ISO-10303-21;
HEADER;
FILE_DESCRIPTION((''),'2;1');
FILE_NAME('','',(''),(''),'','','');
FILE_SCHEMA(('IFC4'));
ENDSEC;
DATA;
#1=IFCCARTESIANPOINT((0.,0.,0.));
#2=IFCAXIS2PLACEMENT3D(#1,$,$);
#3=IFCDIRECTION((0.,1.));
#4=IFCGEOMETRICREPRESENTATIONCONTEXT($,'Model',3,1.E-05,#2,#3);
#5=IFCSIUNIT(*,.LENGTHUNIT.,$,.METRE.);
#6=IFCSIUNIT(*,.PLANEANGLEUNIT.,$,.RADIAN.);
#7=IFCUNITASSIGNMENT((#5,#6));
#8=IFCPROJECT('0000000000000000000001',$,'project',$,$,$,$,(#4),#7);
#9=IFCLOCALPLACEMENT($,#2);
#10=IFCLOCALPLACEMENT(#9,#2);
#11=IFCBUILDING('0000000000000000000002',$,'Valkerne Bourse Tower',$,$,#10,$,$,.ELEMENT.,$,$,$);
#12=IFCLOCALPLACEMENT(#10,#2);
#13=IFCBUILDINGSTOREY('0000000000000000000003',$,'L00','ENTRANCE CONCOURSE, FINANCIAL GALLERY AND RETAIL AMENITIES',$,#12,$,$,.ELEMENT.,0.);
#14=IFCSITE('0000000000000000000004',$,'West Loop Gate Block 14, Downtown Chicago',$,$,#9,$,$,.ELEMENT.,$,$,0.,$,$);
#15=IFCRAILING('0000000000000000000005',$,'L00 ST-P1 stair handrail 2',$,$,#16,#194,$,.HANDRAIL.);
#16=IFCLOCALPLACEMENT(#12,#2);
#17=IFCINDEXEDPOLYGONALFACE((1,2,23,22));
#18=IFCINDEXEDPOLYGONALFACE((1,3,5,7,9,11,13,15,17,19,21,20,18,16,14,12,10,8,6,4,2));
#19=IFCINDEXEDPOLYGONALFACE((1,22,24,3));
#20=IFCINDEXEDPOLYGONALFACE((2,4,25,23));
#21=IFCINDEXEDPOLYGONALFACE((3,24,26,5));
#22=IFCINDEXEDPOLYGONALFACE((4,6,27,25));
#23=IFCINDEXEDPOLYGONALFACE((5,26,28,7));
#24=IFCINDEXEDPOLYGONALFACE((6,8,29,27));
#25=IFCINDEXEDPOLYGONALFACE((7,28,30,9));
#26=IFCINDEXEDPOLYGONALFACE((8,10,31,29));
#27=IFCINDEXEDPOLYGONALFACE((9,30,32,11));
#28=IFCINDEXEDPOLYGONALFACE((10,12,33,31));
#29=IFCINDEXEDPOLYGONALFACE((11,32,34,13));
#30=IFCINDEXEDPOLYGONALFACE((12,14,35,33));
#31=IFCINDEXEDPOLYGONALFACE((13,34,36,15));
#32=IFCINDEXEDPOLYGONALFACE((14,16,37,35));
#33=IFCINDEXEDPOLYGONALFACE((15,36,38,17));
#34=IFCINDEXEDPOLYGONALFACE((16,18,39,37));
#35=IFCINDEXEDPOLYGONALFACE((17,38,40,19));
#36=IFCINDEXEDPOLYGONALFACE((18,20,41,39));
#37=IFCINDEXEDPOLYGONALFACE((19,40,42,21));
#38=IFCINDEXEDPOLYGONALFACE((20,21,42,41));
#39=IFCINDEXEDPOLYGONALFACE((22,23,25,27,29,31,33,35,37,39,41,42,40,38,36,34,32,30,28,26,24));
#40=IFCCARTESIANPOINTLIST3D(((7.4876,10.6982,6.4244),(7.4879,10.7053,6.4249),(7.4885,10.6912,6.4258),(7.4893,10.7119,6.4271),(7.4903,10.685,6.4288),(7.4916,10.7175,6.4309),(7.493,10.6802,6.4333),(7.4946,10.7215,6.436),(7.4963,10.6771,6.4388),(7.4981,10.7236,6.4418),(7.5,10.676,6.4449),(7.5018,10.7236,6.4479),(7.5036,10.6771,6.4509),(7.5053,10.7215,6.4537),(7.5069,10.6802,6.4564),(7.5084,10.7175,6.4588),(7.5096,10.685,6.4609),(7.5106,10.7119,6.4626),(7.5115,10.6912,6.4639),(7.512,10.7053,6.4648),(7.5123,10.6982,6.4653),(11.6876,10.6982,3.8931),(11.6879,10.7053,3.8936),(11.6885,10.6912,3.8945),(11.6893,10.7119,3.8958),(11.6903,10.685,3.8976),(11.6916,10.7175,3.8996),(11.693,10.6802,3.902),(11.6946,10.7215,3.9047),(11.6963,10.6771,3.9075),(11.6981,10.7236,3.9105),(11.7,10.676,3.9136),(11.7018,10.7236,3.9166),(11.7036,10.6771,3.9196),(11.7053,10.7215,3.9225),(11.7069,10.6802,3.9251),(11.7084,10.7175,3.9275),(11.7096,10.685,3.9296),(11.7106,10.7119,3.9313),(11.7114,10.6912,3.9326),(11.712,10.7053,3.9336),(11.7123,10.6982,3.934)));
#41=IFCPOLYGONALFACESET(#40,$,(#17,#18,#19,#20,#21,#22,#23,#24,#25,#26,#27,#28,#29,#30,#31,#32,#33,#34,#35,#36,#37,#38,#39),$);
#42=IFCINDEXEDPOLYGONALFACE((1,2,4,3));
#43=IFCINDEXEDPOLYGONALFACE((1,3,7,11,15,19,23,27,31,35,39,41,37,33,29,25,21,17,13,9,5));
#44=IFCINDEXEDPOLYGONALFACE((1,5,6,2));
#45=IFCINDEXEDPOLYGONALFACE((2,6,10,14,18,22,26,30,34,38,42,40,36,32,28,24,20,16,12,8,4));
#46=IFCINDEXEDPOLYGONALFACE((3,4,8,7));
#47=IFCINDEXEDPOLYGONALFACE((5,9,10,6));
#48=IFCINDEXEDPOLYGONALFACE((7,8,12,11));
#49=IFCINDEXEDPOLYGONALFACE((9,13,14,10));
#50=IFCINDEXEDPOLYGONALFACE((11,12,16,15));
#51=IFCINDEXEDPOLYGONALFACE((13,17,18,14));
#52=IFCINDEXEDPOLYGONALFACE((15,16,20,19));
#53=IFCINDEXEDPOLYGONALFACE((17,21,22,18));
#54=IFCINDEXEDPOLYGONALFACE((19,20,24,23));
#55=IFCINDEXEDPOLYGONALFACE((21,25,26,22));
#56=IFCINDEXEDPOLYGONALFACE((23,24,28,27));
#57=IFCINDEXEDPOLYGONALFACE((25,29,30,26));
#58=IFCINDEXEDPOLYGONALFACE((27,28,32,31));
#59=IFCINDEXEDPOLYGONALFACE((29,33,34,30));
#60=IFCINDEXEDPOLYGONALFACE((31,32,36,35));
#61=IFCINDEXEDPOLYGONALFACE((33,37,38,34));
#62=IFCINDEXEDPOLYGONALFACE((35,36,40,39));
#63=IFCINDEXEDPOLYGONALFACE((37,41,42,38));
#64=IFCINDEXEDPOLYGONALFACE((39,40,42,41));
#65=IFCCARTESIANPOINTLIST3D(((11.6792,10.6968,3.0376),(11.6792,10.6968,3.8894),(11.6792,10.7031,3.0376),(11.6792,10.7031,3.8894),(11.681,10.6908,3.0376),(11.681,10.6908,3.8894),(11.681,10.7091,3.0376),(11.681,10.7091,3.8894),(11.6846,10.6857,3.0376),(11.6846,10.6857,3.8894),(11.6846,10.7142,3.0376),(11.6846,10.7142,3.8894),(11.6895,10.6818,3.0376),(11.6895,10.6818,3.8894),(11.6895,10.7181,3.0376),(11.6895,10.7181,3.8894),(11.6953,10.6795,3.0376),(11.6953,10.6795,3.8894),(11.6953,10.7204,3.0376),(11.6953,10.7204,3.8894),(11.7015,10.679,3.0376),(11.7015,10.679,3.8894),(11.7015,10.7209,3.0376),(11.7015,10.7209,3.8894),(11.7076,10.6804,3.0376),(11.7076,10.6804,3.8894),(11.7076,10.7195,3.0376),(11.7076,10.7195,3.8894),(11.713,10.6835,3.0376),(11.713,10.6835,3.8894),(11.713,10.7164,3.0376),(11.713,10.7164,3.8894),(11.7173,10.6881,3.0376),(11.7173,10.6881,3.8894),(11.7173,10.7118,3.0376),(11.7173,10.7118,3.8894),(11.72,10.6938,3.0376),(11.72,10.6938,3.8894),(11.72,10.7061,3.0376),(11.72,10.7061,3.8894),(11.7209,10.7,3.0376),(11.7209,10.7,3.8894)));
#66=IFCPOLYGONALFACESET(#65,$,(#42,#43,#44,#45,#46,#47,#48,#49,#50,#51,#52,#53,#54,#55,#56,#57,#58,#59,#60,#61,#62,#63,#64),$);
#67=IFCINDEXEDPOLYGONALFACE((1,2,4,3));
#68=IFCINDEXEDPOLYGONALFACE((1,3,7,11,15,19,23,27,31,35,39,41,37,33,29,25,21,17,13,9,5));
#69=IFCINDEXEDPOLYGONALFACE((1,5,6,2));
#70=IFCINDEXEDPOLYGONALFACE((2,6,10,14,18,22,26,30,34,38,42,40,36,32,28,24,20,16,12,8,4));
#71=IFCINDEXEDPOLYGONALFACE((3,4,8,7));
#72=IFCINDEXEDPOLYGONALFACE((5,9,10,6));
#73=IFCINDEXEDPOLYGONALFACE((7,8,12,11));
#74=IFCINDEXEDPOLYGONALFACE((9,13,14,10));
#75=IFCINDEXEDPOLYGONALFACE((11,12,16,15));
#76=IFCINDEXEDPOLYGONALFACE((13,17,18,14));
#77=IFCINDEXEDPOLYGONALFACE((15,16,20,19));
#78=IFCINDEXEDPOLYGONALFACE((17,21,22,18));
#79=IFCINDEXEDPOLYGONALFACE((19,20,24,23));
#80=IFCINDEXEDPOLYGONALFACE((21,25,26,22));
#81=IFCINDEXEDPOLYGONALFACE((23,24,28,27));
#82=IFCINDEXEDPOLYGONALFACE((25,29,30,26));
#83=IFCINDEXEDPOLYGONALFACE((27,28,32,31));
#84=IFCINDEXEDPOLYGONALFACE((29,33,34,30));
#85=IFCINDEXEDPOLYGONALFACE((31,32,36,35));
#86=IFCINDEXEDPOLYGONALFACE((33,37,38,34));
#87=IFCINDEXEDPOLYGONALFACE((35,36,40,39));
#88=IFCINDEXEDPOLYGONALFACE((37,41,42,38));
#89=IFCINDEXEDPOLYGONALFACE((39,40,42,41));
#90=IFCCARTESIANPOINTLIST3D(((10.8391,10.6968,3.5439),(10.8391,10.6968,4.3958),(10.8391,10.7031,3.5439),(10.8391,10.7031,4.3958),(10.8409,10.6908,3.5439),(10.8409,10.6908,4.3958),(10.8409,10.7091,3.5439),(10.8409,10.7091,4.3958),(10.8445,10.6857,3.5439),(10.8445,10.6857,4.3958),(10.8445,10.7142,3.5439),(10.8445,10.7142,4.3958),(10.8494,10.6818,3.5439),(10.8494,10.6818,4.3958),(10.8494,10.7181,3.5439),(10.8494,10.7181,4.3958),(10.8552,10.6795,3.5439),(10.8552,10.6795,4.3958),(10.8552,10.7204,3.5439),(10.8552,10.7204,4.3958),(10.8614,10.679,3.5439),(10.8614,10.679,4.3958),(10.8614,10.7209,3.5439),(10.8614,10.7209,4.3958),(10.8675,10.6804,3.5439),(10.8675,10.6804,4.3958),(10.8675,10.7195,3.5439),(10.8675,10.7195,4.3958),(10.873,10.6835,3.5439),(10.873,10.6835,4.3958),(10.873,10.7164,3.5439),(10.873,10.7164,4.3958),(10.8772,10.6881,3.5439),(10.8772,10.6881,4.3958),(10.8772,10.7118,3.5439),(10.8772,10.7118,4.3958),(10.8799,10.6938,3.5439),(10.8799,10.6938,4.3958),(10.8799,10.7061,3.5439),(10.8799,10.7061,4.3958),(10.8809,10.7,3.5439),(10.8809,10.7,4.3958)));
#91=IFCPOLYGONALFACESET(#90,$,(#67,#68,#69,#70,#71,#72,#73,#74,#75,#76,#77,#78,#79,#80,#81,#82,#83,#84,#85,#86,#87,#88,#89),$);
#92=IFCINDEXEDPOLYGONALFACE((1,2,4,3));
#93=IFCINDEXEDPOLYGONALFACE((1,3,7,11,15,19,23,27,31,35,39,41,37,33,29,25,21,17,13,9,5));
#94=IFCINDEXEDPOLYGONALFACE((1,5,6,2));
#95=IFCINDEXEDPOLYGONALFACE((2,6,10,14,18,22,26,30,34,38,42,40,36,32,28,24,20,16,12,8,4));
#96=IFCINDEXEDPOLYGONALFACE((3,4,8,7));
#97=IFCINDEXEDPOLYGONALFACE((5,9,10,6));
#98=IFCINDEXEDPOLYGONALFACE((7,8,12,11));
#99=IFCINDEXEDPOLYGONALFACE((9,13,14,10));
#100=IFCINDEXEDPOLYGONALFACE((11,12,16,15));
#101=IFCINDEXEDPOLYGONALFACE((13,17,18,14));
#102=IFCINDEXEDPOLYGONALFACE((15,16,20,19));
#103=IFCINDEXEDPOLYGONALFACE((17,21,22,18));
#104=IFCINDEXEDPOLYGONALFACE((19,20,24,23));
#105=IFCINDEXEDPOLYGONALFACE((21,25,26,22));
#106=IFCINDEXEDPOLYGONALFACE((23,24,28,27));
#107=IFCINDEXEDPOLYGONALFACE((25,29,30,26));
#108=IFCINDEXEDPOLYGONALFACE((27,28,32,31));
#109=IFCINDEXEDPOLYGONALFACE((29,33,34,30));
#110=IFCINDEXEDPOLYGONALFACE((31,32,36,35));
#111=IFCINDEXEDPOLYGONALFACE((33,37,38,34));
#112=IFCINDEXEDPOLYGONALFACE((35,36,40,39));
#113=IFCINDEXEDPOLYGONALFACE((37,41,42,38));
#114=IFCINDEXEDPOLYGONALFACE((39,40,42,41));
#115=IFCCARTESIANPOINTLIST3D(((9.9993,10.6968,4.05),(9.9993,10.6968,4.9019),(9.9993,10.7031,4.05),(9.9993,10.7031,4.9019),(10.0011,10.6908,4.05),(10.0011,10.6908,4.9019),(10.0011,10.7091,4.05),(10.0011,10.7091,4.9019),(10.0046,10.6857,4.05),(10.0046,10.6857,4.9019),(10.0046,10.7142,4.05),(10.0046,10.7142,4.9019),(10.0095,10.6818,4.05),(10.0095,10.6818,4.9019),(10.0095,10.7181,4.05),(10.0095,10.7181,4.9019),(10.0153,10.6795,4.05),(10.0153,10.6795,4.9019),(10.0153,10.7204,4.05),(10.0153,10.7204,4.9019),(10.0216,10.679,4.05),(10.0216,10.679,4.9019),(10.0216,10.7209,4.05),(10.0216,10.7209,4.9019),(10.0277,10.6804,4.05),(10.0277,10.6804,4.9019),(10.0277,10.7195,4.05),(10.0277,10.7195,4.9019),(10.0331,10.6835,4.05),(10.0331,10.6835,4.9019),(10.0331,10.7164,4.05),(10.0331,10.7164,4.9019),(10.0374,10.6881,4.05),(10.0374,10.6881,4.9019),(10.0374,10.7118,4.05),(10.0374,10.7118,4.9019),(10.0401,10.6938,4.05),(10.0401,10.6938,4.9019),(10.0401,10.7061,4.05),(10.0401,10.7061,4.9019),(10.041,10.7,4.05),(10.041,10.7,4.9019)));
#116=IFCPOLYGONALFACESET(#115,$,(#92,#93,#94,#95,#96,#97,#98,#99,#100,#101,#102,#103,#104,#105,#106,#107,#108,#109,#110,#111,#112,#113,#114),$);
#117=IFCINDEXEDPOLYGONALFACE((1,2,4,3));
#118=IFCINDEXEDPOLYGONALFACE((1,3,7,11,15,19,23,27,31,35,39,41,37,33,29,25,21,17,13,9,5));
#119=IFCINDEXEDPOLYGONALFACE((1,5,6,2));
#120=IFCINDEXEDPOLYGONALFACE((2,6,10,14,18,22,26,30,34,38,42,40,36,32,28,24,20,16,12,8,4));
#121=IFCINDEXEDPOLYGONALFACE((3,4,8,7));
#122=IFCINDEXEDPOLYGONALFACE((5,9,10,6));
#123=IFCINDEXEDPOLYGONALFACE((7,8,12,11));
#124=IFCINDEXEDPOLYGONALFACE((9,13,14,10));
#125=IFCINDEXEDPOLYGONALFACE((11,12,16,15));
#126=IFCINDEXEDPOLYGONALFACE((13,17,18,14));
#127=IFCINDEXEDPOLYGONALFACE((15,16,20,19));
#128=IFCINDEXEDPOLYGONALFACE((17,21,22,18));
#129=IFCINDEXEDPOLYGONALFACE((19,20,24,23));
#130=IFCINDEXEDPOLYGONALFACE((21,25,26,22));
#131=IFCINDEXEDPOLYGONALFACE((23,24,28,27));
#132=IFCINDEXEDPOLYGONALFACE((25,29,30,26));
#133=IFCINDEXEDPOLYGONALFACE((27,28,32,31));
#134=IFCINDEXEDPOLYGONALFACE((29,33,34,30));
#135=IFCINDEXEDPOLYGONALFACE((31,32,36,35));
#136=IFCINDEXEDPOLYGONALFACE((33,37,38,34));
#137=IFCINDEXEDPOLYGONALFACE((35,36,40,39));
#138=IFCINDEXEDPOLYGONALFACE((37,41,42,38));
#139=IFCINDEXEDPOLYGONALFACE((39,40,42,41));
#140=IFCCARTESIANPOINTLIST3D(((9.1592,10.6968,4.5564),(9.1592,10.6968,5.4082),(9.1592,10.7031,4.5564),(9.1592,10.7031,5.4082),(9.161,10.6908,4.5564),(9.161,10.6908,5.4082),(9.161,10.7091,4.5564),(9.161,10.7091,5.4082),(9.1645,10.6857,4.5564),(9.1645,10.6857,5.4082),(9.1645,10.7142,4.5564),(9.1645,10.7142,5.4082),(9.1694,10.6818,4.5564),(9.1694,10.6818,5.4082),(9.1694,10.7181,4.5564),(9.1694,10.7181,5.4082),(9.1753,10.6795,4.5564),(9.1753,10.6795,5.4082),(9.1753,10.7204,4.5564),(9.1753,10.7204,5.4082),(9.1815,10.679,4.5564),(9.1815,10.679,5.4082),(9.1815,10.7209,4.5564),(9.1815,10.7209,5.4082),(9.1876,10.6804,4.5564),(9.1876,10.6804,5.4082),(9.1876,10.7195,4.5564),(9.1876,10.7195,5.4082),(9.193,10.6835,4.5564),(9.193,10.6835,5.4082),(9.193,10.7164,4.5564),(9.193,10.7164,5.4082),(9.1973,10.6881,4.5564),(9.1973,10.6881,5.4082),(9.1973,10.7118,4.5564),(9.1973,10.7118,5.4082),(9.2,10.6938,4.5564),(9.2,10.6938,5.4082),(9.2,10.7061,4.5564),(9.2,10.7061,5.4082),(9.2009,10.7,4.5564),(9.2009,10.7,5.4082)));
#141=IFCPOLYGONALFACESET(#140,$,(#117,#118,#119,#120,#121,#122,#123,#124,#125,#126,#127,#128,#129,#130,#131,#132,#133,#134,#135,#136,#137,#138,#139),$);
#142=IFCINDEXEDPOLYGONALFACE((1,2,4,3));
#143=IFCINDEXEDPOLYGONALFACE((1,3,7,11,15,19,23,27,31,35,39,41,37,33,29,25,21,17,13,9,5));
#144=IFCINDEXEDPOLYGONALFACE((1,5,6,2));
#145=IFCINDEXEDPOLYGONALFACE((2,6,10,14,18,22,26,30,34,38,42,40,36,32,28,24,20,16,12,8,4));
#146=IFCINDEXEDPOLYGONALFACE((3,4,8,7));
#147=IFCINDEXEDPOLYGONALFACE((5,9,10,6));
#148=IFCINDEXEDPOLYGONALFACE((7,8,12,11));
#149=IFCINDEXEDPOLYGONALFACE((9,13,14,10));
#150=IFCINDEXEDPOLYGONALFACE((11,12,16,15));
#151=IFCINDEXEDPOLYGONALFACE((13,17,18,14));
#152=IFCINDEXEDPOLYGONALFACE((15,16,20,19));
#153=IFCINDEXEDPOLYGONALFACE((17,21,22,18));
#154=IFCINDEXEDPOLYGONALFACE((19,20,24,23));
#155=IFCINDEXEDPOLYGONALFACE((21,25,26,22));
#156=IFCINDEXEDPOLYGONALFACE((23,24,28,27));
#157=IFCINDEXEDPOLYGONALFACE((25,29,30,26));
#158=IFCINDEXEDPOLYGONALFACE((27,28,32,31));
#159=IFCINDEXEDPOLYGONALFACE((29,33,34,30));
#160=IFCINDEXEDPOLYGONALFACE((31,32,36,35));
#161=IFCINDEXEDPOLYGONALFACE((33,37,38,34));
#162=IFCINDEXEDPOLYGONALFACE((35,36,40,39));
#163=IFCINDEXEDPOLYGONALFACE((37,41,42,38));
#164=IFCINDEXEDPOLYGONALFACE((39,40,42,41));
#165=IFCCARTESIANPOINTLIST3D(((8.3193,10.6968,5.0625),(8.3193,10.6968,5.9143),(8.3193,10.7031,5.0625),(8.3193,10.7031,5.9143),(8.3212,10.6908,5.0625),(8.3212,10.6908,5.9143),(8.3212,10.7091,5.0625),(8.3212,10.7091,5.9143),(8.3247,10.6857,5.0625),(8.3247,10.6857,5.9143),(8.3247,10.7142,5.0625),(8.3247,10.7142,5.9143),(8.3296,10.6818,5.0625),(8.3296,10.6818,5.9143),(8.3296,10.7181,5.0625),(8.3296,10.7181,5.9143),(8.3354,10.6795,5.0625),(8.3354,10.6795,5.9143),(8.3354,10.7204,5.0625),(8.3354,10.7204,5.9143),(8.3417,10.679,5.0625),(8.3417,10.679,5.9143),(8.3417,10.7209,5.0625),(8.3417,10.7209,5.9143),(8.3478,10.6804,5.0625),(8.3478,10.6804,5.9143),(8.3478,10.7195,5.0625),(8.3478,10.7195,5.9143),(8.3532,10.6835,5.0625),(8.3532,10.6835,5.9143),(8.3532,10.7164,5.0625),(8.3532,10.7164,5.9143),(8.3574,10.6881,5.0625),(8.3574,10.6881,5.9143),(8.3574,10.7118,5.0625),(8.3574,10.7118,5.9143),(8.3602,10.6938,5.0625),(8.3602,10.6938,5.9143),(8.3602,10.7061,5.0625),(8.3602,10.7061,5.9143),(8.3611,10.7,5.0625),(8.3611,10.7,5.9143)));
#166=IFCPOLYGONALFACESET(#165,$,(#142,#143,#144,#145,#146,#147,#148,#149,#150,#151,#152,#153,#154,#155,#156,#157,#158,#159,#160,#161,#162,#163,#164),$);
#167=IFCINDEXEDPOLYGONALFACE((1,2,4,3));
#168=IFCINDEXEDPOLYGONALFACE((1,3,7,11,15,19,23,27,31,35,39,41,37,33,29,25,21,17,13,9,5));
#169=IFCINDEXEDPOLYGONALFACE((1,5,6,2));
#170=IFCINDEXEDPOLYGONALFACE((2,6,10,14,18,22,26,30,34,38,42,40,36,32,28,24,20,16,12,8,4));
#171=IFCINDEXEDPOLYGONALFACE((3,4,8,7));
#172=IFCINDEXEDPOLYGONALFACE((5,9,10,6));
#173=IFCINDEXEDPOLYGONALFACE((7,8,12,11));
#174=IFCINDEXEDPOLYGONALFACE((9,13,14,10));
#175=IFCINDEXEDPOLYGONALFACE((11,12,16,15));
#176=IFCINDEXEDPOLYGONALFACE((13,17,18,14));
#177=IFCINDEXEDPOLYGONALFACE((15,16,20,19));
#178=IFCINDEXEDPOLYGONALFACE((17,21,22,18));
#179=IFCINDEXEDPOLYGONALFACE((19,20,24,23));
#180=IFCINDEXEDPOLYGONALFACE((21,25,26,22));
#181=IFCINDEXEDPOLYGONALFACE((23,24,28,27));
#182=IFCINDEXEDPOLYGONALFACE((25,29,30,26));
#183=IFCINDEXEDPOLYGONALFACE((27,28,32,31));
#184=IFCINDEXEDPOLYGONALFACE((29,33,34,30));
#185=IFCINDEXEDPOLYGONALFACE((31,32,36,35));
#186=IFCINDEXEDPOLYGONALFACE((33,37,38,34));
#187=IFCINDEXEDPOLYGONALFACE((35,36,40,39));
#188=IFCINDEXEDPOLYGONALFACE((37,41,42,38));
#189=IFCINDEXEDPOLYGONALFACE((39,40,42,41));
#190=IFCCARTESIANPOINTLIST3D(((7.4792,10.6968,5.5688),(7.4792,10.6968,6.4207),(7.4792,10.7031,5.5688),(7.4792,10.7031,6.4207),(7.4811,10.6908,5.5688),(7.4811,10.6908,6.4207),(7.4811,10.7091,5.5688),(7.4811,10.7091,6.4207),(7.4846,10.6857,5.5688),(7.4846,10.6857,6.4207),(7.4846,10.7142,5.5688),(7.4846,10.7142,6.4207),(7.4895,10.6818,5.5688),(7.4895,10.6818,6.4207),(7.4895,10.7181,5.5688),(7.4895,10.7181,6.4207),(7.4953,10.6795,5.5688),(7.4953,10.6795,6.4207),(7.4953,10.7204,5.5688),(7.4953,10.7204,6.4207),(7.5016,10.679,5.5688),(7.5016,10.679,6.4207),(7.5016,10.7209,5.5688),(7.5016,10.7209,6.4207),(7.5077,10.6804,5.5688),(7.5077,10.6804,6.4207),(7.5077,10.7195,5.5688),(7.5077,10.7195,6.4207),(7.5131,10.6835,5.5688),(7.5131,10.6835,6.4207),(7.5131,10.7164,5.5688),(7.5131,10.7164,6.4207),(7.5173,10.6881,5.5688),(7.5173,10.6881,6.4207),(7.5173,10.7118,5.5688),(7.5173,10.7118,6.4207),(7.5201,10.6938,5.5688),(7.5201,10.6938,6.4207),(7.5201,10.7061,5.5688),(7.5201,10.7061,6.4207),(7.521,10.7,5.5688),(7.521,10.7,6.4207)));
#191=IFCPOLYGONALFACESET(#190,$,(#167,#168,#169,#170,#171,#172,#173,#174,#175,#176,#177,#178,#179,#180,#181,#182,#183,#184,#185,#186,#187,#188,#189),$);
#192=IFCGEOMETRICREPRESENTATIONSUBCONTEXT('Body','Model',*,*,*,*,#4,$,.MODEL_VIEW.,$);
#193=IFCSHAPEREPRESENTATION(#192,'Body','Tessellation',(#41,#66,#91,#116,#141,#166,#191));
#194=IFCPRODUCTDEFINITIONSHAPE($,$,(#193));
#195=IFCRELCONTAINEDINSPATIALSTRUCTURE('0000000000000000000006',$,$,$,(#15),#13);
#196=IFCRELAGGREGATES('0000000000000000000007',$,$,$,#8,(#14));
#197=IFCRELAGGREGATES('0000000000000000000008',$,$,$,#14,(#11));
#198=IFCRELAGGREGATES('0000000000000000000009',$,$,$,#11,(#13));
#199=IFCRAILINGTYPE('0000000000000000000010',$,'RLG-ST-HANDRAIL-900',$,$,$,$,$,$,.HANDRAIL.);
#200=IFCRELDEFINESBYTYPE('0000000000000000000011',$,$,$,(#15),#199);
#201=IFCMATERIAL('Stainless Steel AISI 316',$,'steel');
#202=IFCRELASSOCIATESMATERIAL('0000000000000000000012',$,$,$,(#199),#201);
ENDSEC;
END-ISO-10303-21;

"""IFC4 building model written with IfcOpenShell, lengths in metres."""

from ifc_helpers import new_model, si_unit, direction, frame, origin, origin_2d, place, context, subcontext, project, spatial, circle, extrude, material, type_object, element, save


model = new_model("IFC4")

# Units and contexts
model_context = context("Model", 3, precision=1e-05, world=origin(), true_north=direction((0.0, 1.0)))
body_context = subcontext(model_context, "Body", "Model", "MODEL_VIEW")
ifc_project = project(units=[si_unit("LENGTHUNIT", "METRE"), si_unit("PLANEANGLEUNIT", "RADIAN")], contexts=[model_context])

# Site, building, storey
site_placement = place(None, origin())
site = spatial("IfcSite", under=ifc_project, at=site_placement, Name="West Loop Gate Block 14, Downtown Chicago", CompositionType="ELEMENT", RefElevation=0.0)
building_placement = place(site_placement, origin())
building = spatial("IfcBuilding", under=site, at=building_placement, Name="Valkerne Bourse Tower", CompositionType="ELEMENT")
storey_placement = place(building_placement, origin())
storey = spatial("IfcBuildingStorey", under=building, at=storey_placement, Name="L00", Description="ENTRANCE CONCOURSE, FINANCIAL GALLERY AND RETAIL AMENITIES", CompositionType="ELEMENT", Elevation=0.0)

# Railing
ifc_material_1 = material(Name="Stainless Steel AISI 316", Category="steel")
railing_type_1 = type_object("IfcRailingType", Name="RLG-ST-HANDRAIL-900", PredefinedType="HANDRAIL", material=ifc_material_1)
railing_1_placement = place(storey_placement, frame((11.7, 10.7, 3.0376)))
element("IfcRailing", 1, at=railing_1_placement, inside=storey, type_object=railing_type_1, Name="L00 ST-P1 stair handrail 2", PredefinedType="HANDRAIL", context=body_context, shape_type="SweptSolid", body=[
    extrude(circle(Radius=0.0239, at=origin_2d()), frame((0.0, 0.0, 0.876), z_axis=(-0.856476, 0.0, 0.516186), x_axis=(0.0, -1.0, 0.0)), (0.0, 0.0, 1.0), 4.9038),
    extrude(circle(Radius=0.021, at=origin_2d()), origin(), (0.0, 0.0, 1.0), 0.8518),
    extrude(circle(Radius=0.021, at=origin_2d()), frame((-0.8401, 0.0, 0.5063)), (0.0, 0.0, 1.0), 0.8518),
    extrude(circle(Radius=0.021, at=origin_2d()), frame((-1.6799, 0.0, 1.0125)), (0.0, 0.0, 1.0), 0.8518),
    extrude(circle(Radius=0.021, at=origin_2d()), frame((-2.52, 0.0, 1.5188)), (0.0, 0.0, 1.0), 0.8518),
    extrude(circle(Radius=0.021, at=origin_2d()), frame((-3.3599, 0.0, 2.0249)), (0.0, 0.0, 1.0), 0.8518),
    extrude(circle(Radius=0.021, at=origin_2d()), frame((-4.2, 0.0, 2.5312)), (0.0, 0.0, 1.0), 0.8518),
])

save(model, "model.ifc")
